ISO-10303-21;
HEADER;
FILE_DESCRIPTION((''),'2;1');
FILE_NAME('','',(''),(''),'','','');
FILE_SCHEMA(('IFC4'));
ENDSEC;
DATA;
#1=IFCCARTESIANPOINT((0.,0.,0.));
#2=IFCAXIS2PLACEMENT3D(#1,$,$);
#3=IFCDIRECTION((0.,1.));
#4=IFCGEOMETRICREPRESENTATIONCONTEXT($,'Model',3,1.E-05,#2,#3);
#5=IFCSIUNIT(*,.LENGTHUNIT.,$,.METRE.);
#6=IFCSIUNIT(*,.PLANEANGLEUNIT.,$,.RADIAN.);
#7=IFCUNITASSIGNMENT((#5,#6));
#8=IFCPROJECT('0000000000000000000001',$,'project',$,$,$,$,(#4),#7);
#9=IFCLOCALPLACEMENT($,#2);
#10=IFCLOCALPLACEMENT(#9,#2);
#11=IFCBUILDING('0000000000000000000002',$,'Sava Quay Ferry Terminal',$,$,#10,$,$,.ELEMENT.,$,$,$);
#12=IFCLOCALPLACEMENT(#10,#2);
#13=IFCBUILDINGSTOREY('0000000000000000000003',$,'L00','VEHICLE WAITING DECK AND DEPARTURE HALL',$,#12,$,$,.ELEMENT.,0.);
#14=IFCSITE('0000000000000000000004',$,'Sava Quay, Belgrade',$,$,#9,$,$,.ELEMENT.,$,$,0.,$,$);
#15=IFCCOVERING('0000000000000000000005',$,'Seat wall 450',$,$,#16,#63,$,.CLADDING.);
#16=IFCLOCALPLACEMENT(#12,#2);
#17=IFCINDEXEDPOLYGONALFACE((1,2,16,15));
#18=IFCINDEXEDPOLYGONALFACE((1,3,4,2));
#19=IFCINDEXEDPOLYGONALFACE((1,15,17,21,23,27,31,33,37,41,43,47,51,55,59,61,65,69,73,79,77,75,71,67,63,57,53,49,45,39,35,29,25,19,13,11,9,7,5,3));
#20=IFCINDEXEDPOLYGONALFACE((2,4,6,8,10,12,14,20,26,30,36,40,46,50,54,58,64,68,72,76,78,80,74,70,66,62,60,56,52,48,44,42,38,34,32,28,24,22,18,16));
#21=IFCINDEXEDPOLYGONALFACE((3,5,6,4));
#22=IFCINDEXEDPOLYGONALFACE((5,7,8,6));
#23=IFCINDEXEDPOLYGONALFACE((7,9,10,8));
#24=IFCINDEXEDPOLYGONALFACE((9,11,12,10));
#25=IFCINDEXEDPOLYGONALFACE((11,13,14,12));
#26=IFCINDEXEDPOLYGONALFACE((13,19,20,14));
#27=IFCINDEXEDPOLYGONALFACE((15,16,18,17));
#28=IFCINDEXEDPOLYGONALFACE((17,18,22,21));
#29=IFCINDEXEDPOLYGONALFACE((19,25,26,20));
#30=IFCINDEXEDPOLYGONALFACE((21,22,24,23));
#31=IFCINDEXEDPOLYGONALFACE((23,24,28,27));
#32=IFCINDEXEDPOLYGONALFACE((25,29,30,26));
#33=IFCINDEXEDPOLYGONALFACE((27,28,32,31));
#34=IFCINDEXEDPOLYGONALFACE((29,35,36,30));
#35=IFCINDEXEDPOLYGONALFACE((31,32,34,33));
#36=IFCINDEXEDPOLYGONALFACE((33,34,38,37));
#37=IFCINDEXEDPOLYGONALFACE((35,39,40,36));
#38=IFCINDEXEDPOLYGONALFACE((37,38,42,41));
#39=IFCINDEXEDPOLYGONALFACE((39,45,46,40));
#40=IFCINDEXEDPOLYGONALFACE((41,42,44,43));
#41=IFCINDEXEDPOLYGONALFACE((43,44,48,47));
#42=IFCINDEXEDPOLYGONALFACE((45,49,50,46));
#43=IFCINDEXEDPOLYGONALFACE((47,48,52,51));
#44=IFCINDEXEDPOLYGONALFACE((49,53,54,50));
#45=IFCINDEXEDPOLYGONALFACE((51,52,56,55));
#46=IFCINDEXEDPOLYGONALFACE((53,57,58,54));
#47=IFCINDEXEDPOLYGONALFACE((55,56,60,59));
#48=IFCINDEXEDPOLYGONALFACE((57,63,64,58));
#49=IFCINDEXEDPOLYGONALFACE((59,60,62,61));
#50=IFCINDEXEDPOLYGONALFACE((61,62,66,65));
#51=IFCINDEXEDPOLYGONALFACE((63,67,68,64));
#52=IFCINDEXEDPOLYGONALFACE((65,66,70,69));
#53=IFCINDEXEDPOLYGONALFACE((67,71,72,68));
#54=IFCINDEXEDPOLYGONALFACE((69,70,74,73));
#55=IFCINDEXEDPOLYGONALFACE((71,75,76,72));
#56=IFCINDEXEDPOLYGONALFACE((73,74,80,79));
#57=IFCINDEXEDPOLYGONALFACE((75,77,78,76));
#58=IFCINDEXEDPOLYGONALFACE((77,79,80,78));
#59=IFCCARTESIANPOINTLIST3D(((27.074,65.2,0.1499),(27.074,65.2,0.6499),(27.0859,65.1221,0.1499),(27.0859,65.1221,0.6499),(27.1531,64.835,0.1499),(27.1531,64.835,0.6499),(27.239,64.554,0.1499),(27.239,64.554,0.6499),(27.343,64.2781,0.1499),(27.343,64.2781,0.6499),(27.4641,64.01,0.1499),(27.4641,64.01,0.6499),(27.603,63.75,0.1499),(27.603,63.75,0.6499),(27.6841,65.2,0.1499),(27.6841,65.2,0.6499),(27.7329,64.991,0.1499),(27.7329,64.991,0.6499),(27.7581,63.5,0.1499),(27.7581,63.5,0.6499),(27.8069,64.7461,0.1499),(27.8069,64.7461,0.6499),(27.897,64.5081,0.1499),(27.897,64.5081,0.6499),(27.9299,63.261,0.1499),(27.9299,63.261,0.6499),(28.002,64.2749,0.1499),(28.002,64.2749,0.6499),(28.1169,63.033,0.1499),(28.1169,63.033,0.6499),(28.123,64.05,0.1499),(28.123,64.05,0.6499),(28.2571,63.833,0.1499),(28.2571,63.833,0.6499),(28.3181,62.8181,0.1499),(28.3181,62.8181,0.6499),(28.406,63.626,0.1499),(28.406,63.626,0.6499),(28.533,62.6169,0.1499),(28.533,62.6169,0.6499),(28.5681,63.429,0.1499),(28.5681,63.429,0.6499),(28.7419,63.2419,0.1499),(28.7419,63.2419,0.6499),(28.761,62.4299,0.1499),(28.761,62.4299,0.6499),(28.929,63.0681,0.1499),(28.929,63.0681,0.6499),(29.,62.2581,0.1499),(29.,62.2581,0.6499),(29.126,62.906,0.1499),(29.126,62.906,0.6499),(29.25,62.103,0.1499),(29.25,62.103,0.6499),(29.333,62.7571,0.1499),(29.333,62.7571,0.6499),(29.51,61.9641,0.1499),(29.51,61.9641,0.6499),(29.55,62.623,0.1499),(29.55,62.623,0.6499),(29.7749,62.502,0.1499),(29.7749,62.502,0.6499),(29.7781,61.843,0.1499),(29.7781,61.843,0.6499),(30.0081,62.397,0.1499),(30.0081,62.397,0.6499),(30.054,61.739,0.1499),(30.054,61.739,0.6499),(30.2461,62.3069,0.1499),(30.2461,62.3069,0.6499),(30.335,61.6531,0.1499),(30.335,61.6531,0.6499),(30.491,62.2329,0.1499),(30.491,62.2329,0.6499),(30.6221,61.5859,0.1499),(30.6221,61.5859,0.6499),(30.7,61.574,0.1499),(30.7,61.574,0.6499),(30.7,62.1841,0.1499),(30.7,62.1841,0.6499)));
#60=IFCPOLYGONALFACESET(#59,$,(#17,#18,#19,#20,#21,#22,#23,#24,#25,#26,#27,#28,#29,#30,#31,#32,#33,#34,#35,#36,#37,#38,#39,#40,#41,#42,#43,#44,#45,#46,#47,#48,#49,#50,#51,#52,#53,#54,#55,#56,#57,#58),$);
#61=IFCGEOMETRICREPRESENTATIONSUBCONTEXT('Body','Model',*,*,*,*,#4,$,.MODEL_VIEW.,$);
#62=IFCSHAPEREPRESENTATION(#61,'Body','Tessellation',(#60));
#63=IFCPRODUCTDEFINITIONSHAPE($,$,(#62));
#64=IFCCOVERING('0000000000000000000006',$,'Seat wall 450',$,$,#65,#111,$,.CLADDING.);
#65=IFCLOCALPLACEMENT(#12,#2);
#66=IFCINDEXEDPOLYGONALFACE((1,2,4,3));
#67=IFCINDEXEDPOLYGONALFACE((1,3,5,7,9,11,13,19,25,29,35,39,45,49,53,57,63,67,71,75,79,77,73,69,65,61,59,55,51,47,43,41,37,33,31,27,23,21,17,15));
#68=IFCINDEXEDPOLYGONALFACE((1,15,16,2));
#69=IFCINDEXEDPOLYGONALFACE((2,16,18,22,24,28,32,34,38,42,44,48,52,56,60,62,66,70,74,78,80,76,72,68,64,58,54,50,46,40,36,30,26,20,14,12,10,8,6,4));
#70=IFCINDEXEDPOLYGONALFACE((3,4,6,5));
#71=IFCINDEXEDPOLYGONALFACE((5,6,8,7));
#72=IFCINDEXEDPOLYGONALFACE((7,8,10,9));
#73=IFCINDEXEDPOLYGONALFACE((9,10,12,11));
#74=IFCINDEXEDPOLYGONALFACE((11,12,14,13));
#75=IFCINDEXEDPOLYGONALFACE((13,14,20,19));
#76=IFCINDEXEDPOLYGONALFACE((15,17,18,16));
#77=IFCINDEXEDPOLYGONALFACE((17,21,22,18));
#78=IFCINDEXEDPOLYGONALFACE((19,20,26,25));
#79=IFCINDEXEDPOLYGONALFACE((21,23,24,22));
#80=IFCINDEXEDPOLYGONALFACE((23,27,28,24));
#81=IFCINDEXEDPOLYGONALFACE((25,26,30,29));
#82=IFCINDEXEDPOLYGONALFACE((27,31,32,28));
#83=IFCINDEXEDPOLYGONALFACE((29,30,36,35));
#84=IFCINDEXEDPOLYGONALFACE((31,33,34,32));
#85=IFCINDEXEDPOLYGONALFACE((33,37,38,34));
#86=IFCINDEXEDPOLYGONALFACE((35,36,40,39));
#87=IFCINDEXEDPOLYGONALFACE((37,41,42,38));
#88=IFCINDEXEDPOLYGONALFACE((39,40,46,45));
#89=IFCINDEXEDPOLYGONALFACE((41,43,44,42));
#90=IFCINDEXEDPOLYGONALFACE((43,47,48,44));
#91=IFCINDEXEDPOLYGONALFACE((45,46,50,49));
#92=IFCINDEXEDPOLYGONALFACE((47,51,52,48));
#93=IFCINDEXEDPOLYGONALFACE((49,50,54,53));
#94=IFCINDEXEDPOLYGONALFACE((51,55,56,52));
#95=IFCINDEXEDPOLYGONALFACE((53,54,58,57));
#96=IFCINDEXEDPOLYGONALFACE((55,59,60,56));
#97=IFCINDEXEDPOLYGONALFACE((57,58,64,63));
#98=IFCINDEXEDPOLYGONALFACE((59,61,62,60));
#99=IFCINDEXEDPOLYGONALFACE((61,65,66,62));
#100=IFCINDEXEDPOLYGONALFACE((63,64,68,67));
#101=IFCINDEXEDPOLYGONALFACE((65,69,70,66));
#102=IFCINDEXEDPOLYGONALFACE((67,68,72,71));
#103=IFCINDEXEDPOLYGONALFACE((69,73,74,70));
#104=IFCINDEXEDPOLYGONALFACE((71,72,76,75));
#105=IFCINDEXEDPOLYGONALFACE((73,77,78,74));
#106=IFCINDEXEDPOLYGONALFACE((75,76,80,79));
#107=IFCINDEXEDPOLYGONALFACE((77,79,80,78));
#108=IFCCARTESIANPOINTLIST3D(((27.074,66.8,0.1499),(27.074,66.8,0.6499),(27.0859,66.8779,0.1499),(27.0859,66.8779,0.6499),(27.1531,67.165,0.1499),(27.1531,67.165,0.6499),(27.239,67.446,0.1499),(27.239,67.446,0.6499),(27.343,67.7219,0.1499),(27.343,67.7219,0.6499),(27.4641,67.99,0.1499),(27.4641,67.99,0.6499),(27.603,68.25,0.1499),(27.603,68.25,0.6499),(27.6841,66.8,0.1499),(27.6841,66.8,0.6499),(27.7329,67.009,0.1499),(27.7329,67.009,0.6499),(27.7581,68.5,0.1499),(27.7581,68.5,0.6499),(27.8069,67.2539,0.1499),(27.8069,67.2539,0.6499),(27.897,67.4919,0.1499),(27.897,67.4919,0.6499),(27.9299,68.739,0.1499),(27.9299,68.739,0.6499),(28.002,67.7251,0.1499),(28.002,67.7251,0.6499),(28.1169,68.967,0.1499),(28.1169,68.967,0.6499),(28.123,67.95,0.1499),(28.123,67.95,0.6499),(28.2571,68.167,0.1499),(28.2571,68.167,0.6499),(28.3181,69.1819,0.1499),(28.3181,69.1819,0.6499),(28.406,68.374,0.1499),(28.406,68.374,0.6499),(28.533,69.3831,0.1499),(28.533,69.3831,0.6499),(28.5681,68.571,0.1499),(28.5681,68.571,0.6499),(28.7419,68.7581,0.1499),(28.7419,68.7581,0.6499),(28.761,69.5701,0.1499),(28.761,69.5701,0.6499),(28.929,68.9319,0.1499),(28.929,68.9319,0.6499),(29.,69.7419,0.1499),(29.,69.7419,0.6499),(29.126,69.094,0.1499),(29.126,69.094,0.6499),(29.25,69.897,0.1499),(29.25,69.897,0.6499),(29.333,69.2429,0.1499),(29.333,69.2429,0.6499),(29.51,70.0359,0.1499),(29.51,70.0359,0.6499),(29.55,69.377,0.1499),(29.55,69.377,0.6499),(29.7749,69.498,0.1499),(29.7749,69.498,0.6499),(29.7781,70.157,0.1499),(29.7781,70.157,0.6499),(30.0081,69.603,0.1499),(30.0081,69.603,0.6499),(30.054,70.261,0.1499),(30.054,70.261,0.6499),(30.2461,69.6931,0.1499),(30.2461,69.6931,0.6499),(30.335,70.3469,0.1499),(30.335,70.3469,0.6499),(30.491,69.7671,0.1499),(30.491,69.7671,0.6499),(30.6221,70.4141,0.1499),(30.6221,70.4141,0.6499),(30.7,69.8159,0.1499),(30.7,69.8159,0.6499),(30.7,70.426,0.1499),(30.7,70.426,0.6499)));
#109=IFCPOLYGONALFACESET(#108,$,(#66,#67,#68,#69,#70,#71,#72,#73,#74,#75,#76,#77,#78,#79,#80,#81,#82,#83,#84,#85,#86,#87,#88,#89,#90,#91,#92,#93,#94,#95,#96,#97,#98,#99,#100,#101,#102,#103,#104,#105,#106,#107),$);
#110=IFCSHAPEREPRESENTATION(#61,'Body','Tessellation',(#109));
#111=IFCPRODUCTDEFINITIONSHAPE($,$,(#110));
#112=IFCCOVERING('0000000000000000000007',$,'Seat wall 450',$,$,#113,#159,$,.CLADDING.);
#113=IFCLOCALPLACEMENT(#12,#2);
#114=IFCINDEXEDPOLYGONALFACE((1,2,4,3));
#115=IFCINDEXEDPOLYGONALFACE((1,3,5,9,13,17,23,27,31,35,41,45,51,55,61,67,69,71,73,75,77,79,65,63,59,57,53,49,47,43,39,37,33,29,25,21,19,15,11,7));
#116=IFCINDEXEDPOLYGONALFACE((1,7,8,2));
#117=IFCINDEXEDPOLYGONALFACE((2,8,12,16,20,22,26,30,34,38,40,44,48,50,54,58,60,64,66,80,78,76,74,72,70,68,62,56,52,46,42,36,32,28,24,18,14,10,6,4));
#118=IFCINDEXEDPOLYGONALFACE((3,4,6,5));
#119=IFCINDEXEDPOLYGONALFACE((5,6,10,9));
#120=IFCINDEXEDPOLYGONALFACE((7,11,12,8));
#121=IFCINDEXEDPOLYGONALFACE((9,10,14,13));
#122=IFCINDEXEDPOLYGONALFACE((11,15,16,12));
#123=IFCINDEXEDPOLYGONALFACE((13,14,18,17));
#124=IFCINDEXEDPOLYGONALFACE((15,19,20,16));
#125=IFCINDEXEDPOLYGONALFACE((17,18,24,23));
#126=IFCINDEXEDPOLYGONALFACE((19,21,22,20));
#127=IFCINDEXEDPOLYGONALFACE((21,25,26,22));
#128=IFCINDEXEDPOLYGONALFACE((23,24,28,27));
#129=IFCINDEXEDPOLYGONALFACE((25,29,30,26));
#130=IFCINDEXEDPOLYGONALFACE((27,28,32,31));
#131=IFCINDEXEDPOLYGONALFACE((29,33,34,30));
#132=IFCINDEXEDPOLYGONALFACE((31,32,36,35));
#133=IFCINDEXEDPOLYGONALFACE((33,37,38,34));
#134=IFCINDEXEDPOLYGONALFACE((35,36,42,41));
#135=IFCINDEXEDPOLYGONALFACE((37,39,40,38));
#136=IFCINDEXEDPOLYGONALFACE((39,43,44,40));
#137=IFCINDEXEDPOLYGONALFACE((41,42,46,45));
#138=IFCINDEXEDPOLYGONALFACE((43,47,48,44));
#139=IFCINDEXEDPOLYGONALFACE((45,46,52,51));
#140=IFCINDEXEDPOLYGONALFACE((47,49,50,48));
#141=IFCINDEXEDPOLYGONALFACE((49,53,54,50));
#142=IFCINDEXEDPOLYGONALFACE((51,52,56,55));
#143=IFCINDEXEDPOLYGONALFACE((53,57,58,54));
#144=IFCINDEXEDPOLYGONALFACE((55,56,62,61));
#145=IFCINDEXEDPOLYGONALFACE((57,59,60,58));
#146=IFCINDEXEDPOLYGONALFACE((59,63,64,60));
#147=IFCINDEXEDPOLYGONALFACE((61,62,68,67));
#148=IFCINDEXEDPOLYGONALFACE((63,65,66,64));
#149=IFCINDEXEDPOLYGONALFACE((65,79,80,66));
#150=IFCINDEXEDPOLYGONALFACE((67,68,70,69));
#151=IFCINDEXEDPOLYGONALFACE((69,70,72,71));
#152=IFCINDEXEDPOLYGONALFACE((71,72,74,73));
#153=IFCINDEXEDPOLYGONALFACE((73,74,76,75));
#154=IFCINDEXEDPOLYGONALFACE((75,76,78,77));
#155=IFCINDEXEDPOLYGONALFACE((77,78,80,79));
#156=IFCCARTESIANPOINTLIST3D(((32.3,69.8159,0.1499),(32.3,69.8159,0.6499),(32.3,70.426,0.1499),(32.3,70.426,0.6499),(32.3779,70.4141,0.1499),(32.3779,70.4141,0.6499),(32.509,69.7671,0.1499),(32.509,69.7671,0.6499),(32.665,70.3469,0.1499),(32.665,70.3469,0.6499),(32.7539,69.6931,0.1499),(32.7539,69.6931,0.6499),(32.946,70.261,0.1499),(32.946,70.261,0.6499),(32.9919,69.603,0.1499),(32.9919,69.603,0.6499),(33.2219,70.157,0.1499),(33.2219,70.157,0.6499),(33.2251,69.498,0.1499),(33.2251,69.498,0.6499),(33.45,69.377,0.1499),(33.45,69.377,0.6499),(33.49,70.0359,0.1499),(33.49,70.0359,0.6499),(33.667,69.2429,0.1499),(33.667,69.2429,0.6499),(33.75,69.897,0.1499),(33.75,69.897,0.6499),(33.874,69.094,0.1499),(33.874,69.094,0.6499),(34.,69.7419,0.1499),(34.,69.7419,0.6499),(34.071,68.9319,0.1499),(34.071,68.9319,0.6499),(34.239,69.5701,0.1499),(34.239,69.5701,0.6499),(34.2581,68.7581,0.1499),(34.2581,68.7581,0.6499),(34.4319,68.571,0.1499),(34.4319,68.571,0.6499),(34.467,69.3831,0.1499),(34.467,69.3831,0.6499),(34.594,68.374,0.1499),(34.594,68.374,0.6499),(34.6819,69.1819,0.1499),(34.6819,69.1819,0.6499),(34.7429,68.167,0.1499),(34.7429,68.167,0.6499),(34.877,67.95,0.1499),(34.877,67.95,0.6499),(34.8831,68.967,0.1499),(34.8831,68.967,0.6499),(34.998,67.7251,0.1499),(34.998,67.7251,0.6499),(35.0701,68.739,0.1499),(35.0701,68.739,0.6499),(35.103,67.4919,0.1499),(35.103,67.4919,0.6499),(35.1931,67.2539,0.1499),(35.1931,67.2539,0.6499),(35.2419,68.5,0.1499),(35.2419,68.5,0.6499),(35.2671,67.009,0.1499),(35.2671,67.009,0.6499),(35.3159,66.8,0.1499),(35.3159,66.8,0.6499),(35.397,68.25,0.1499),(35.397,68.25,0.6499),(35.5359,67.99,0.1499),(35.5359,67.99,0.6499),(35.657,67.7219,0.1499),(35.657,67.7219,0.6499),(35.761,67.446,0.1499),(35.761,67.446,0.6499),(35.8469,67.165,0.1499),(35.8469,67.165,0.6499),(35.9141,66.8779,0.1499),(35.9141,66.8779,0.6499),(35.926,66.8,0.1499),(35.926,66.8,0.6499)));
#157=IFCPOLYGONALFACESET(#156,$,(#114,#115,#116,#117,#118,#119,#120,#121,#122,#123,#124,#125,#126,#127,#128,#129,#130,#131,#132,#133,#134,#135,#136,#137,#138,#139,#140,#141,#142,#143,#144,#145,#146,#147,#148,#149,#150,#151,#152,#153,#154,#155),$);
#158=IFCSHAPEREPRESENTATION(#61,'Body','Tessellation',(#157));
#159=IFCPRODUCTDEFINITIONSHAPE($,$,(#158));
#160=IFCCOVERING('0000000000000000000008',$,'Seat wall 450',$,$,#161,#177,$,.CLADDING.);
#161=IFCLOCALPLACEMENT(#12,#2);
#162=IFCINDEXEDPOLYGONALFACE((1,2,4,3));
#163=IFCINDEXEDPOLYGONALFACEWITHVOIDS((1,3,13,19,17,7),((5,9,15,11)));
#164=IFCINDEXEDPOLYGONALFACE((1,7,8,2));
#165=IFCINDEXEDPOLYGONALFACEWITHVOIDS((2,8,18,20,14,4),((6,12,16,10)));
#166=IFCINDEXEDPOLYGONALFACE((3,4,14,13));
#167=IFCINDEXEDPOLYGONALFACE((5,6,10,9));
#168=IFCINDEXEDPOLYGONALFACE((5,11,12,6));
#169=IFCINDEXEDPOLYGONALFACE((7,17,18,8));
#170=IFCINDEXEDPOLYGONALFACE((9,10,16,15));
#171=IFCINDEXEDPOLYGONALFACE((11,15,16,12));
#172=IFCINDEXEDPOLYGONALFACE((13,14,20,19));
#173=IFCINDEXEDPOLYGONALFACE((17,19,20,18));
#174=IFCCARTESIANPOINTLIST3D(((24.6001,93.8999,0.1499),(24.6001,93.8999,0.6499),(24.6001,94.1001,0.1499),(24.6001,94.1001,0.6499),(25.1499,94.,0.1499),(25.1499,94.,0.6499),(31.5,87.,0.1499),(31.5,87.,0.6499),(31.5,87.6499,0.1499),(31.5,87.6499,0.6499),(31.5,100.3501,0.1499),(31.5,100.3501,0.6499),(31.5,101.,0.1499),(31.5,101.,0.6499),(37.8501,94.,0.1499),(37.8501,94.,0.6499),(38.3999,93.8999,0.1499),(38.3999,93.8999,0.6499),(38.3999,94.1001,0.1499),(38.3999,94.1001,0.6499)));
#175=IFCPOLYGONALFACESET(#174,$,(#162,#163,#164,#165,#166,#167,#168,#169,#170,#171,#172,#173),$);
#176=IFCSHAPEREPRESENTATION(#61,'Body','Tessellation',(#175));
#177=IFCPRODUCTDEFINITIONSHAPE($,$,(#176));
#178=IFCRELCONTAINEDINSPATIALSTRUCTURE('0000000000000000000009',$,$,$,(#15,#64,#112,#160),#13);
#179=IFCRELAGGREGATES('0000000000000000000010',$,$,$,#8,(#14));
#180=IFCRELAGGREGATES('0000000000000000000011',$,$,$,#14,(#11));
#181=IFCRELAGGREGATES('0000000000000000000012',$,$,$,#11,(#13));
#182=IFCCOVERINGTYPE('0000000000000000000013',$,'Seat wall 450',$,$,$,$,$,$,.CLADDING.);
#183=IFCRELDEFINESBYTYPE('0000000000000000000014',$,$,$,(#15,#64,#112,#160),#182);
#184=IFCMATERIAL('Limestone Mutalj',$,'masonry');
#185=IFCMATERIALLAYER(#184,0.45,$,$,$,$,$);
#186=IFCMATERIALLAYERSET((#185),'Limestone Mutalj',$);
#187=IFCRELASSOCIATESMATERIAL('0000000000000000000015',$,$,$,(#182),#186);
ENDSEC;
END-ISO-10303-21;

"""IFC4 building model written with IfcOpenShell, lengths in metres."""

from ifc_helpers import new_model, si_unit, direction, frame, origin, place, context, subcontext, project, spatial, polyline, outline, extrude, material, layer, layer_set, type_object, element, save


model = new_model("IFC4")

# Units and contexts
model_context = context("Model", 3, precision=1e-05, world=origin(), true_north=direction((0.0, 1.0)))
body_context = subcontext(model_context, "Body", "Model", "MODEL_VIEW")
ifc_project = project(units=[si_unit("LENGTHUNIT", "METRE"), si_unit("PLANEANGLEUNIT", "RADIAN")], contexts=[model_context])

# Site, building, storey
site_placement = place(None, origin())
site = spatial("IfcSite", under=ifc_project, at=site_placement, Name="Sava Quay, Belgrade", CompositionType="ELEMENT", RefElevation=0.0)
building_placement = place(site_placement, origin())
building = spatial("IfcBuilding", under=site, at=building_placement, Name="Sava Quay Ferry Terminal", CompositionType="ELEMENT")
storey_placement = place(building_placement, origin())
storey = spatial("IfcBuildingStorey", under=building, at=storey_placement, Name="L00", Description="VEHICLE WAITING DECK AND DEPARTURE HALL", CompositionType="ELEMENT", Elevation=0.0)

# Coverings
ifc_material_1 = material(Name="Limestone Mutalj", Category="masonry")
ifc_layer_1 = layer(ifc_material_1, 0.45)
ifc_layer_set_1 = layer_set([ifc_layer_1], Name="Limestone Mutalj")
covering_type_1 = type_object("IfcCoveringType", Name="Seat wall 450", PredefinedType="CLADDING", material=ifc_layer_set_1)
covering_1_placement = place(storey_placement, frame((0.0, 0.0, 0.1499)))
element("IfcCovering", 1, at=covering_1_placement, inside=storey, type_object=covering_type_1, Name="Seat wall 450", PredefinedType="CLADDING", context=body_context, shape_type="SweptSolid", body=[
    extrude(outline(polyline([(30.054, 61.739), (30.335, 61.6531), (30.6221, 61.5859), (30.7, 61.574), (30.7, 62.1841), (30.491, 62.2329), (30.2461, 62.3069), (30.0081, 62.397), (29.7749, 62.502), (29.55, 62.623), (29.333, 62.7571), (29.126, 62.906), (28.929, 63.0681), (28.7419, 63.2419), (28.5681, 63.429), (28.406, 63.626), (28.2571, 63.833), (28.123, 64.05), (28.002, 64.2749), (27.897, 64.5081), (27.8069, 64.7461), (27.7329, 64.991), (27.6841, 65.2), (27.074, 65.2), (27.0859, 65.1221), (27.1531, 64.835), (27.239, 64.554), (27.343, 64.2781), (27.4641, 64.01), (27.603, 63.75), (27.7581, 63.5), (27.9299, 63.261), (28.1169, 63.033), (28.3181, 62.8181), (28.533, 62.6169), (28.761, 62.4299), (29.0, 62.2581), (29.25, 62.103), (29.51, 61.9641), (29.7781, 61.843), (30.054, 61.739)])), origin(), (0.0, 0.0, 1.0), 0.5),
])
covering_2_placement = place(storey_placement, frame((0.0, 0.0, 0.1499)))
element("IfcCovering", 2, at=covering_2_placement, inside=storey, type_object=covering_type_1, Name="Seat wall 450", PredefinedType="CLADDING", context=body_context, shape_type="SweptSolid", body=[
    extrude(outline(polyline([(27.239, 67.446), (27.1531, 67.165), (27.0859, 66.8779), (27.074, 66.8), (27.6841, 66.8), (27.7329, 67.009), (27.8069, 67.2539), (27.897, 67.4919), (28.002, 67.7251), (28.123, 67.95), (28.2571, 68.167), (28.406, 68.374), (28.5681, 68.571), (28.7419, 68.7581), (28.929, 68.9319), (29.126, 69.094), (29.333, 69.2429), (29.55, 69.377), (29.7749, 69.498), (30.0081, 69.603), (30.2461, 69.6931), (30.491, 69.7671), (30.7, 69.8159), (30.7, 70.426), (30.6221, 70.4141), (30.335, 70.3469), (30.054, 70.261), (29.7781, 70.157), (29.51, 70.0359), (29.25, 69.897), (29.0, 69.7419), (28.761, 69.5701), (28.533, 69.3831), (28.3181, 69.1819), (28.1169, 68.967), (27.9299, 68.739), (27.7581, 68.5), (27.603, 68.25), (27.4641, 67.99), (27.343, 67.7219), (27.239, 67.446)])), origin(), (0.0, 0.0, 1.0), 0.5),
])
covering_3_placement = place(storey_placement, frame((0.0, 0.0, 0.1499)))
element("IfcCovering", 3, at=covering_3_placement, inside=storey, type_object=covering_type_1, Name="Seat wall 450", PredefinedType="CLADDING", context=body_context, shape_type="SweptSolid", body=[
    extrude(outline(polyline([(32.946, 70.261), (32.665, 70.3469), (32.3779, 70.4141), (32.3, 70.426), (32.3, 69.8159), (32.509, 69.7671), (32.7539, 69.6931), (32.9919, 69.603), (33.2251, 69.498), (33.45, 69.377), (33.667, 69.2429), (33.874, 69.094), (34.071, 68.9319), (34.2581, 68.7581), (34.4319, 68.571), (34.594, 68.374), (34.7429, 68.167), (34.877, 67.95), (34.998, 67.7251), (35.103, 67.4919), (35.1931, 67.2539), (35.2671, 67.009), (35.3159, 66.8), (35.926, 66.8), (35.9141, 66.8779), (35.8469, 67.165), (35.761, 67.446), (35.657, 67.7219), (35.5359, 67.99), (35.397, 68.25), (35.2419, 68.5), (35.0701, 68.739), (34.8831, 68.967), (34.6819, 69.1819), (34.467, 69.3831), (34.239, 69.5701), (34.0, 69.7419), (33.75, 69.897), (33.49, 70.0359), (33.2219, 70.157), (32.946, 70.261)])), origin(), (0.0, 0.0, 1.0), 0.5),
])
covering_4_placement = place(storey_placement, frame((0.0, 0.0, 0.1499)))
element("IfcCovering", 4, at=covering_4_placement, inside=storey, type_object=covering_type_1, Name="Seat wall 450", PredefinedType="CLADDING", context=body_context, shape_type="SweptSolid", body=[
    extrude(outline(polyline([(24.6001, 94.1001), (24.6001, 93.8999), (31.5, 87.0), (38.3999, 93.8999), (38.3999, 94.1001), (31.5, 101.0), (24.6001, 94.1001)]), holes=[polyline([(31.5, 87.6499), (25.1499, 94.0), (31.5, 100.3501), (37.8501, 94.0), (31.5, 87.6499)])]), origin(), (0.0, 0.0, 1.0), 0.5),
])

save(model, "model.ifc")
